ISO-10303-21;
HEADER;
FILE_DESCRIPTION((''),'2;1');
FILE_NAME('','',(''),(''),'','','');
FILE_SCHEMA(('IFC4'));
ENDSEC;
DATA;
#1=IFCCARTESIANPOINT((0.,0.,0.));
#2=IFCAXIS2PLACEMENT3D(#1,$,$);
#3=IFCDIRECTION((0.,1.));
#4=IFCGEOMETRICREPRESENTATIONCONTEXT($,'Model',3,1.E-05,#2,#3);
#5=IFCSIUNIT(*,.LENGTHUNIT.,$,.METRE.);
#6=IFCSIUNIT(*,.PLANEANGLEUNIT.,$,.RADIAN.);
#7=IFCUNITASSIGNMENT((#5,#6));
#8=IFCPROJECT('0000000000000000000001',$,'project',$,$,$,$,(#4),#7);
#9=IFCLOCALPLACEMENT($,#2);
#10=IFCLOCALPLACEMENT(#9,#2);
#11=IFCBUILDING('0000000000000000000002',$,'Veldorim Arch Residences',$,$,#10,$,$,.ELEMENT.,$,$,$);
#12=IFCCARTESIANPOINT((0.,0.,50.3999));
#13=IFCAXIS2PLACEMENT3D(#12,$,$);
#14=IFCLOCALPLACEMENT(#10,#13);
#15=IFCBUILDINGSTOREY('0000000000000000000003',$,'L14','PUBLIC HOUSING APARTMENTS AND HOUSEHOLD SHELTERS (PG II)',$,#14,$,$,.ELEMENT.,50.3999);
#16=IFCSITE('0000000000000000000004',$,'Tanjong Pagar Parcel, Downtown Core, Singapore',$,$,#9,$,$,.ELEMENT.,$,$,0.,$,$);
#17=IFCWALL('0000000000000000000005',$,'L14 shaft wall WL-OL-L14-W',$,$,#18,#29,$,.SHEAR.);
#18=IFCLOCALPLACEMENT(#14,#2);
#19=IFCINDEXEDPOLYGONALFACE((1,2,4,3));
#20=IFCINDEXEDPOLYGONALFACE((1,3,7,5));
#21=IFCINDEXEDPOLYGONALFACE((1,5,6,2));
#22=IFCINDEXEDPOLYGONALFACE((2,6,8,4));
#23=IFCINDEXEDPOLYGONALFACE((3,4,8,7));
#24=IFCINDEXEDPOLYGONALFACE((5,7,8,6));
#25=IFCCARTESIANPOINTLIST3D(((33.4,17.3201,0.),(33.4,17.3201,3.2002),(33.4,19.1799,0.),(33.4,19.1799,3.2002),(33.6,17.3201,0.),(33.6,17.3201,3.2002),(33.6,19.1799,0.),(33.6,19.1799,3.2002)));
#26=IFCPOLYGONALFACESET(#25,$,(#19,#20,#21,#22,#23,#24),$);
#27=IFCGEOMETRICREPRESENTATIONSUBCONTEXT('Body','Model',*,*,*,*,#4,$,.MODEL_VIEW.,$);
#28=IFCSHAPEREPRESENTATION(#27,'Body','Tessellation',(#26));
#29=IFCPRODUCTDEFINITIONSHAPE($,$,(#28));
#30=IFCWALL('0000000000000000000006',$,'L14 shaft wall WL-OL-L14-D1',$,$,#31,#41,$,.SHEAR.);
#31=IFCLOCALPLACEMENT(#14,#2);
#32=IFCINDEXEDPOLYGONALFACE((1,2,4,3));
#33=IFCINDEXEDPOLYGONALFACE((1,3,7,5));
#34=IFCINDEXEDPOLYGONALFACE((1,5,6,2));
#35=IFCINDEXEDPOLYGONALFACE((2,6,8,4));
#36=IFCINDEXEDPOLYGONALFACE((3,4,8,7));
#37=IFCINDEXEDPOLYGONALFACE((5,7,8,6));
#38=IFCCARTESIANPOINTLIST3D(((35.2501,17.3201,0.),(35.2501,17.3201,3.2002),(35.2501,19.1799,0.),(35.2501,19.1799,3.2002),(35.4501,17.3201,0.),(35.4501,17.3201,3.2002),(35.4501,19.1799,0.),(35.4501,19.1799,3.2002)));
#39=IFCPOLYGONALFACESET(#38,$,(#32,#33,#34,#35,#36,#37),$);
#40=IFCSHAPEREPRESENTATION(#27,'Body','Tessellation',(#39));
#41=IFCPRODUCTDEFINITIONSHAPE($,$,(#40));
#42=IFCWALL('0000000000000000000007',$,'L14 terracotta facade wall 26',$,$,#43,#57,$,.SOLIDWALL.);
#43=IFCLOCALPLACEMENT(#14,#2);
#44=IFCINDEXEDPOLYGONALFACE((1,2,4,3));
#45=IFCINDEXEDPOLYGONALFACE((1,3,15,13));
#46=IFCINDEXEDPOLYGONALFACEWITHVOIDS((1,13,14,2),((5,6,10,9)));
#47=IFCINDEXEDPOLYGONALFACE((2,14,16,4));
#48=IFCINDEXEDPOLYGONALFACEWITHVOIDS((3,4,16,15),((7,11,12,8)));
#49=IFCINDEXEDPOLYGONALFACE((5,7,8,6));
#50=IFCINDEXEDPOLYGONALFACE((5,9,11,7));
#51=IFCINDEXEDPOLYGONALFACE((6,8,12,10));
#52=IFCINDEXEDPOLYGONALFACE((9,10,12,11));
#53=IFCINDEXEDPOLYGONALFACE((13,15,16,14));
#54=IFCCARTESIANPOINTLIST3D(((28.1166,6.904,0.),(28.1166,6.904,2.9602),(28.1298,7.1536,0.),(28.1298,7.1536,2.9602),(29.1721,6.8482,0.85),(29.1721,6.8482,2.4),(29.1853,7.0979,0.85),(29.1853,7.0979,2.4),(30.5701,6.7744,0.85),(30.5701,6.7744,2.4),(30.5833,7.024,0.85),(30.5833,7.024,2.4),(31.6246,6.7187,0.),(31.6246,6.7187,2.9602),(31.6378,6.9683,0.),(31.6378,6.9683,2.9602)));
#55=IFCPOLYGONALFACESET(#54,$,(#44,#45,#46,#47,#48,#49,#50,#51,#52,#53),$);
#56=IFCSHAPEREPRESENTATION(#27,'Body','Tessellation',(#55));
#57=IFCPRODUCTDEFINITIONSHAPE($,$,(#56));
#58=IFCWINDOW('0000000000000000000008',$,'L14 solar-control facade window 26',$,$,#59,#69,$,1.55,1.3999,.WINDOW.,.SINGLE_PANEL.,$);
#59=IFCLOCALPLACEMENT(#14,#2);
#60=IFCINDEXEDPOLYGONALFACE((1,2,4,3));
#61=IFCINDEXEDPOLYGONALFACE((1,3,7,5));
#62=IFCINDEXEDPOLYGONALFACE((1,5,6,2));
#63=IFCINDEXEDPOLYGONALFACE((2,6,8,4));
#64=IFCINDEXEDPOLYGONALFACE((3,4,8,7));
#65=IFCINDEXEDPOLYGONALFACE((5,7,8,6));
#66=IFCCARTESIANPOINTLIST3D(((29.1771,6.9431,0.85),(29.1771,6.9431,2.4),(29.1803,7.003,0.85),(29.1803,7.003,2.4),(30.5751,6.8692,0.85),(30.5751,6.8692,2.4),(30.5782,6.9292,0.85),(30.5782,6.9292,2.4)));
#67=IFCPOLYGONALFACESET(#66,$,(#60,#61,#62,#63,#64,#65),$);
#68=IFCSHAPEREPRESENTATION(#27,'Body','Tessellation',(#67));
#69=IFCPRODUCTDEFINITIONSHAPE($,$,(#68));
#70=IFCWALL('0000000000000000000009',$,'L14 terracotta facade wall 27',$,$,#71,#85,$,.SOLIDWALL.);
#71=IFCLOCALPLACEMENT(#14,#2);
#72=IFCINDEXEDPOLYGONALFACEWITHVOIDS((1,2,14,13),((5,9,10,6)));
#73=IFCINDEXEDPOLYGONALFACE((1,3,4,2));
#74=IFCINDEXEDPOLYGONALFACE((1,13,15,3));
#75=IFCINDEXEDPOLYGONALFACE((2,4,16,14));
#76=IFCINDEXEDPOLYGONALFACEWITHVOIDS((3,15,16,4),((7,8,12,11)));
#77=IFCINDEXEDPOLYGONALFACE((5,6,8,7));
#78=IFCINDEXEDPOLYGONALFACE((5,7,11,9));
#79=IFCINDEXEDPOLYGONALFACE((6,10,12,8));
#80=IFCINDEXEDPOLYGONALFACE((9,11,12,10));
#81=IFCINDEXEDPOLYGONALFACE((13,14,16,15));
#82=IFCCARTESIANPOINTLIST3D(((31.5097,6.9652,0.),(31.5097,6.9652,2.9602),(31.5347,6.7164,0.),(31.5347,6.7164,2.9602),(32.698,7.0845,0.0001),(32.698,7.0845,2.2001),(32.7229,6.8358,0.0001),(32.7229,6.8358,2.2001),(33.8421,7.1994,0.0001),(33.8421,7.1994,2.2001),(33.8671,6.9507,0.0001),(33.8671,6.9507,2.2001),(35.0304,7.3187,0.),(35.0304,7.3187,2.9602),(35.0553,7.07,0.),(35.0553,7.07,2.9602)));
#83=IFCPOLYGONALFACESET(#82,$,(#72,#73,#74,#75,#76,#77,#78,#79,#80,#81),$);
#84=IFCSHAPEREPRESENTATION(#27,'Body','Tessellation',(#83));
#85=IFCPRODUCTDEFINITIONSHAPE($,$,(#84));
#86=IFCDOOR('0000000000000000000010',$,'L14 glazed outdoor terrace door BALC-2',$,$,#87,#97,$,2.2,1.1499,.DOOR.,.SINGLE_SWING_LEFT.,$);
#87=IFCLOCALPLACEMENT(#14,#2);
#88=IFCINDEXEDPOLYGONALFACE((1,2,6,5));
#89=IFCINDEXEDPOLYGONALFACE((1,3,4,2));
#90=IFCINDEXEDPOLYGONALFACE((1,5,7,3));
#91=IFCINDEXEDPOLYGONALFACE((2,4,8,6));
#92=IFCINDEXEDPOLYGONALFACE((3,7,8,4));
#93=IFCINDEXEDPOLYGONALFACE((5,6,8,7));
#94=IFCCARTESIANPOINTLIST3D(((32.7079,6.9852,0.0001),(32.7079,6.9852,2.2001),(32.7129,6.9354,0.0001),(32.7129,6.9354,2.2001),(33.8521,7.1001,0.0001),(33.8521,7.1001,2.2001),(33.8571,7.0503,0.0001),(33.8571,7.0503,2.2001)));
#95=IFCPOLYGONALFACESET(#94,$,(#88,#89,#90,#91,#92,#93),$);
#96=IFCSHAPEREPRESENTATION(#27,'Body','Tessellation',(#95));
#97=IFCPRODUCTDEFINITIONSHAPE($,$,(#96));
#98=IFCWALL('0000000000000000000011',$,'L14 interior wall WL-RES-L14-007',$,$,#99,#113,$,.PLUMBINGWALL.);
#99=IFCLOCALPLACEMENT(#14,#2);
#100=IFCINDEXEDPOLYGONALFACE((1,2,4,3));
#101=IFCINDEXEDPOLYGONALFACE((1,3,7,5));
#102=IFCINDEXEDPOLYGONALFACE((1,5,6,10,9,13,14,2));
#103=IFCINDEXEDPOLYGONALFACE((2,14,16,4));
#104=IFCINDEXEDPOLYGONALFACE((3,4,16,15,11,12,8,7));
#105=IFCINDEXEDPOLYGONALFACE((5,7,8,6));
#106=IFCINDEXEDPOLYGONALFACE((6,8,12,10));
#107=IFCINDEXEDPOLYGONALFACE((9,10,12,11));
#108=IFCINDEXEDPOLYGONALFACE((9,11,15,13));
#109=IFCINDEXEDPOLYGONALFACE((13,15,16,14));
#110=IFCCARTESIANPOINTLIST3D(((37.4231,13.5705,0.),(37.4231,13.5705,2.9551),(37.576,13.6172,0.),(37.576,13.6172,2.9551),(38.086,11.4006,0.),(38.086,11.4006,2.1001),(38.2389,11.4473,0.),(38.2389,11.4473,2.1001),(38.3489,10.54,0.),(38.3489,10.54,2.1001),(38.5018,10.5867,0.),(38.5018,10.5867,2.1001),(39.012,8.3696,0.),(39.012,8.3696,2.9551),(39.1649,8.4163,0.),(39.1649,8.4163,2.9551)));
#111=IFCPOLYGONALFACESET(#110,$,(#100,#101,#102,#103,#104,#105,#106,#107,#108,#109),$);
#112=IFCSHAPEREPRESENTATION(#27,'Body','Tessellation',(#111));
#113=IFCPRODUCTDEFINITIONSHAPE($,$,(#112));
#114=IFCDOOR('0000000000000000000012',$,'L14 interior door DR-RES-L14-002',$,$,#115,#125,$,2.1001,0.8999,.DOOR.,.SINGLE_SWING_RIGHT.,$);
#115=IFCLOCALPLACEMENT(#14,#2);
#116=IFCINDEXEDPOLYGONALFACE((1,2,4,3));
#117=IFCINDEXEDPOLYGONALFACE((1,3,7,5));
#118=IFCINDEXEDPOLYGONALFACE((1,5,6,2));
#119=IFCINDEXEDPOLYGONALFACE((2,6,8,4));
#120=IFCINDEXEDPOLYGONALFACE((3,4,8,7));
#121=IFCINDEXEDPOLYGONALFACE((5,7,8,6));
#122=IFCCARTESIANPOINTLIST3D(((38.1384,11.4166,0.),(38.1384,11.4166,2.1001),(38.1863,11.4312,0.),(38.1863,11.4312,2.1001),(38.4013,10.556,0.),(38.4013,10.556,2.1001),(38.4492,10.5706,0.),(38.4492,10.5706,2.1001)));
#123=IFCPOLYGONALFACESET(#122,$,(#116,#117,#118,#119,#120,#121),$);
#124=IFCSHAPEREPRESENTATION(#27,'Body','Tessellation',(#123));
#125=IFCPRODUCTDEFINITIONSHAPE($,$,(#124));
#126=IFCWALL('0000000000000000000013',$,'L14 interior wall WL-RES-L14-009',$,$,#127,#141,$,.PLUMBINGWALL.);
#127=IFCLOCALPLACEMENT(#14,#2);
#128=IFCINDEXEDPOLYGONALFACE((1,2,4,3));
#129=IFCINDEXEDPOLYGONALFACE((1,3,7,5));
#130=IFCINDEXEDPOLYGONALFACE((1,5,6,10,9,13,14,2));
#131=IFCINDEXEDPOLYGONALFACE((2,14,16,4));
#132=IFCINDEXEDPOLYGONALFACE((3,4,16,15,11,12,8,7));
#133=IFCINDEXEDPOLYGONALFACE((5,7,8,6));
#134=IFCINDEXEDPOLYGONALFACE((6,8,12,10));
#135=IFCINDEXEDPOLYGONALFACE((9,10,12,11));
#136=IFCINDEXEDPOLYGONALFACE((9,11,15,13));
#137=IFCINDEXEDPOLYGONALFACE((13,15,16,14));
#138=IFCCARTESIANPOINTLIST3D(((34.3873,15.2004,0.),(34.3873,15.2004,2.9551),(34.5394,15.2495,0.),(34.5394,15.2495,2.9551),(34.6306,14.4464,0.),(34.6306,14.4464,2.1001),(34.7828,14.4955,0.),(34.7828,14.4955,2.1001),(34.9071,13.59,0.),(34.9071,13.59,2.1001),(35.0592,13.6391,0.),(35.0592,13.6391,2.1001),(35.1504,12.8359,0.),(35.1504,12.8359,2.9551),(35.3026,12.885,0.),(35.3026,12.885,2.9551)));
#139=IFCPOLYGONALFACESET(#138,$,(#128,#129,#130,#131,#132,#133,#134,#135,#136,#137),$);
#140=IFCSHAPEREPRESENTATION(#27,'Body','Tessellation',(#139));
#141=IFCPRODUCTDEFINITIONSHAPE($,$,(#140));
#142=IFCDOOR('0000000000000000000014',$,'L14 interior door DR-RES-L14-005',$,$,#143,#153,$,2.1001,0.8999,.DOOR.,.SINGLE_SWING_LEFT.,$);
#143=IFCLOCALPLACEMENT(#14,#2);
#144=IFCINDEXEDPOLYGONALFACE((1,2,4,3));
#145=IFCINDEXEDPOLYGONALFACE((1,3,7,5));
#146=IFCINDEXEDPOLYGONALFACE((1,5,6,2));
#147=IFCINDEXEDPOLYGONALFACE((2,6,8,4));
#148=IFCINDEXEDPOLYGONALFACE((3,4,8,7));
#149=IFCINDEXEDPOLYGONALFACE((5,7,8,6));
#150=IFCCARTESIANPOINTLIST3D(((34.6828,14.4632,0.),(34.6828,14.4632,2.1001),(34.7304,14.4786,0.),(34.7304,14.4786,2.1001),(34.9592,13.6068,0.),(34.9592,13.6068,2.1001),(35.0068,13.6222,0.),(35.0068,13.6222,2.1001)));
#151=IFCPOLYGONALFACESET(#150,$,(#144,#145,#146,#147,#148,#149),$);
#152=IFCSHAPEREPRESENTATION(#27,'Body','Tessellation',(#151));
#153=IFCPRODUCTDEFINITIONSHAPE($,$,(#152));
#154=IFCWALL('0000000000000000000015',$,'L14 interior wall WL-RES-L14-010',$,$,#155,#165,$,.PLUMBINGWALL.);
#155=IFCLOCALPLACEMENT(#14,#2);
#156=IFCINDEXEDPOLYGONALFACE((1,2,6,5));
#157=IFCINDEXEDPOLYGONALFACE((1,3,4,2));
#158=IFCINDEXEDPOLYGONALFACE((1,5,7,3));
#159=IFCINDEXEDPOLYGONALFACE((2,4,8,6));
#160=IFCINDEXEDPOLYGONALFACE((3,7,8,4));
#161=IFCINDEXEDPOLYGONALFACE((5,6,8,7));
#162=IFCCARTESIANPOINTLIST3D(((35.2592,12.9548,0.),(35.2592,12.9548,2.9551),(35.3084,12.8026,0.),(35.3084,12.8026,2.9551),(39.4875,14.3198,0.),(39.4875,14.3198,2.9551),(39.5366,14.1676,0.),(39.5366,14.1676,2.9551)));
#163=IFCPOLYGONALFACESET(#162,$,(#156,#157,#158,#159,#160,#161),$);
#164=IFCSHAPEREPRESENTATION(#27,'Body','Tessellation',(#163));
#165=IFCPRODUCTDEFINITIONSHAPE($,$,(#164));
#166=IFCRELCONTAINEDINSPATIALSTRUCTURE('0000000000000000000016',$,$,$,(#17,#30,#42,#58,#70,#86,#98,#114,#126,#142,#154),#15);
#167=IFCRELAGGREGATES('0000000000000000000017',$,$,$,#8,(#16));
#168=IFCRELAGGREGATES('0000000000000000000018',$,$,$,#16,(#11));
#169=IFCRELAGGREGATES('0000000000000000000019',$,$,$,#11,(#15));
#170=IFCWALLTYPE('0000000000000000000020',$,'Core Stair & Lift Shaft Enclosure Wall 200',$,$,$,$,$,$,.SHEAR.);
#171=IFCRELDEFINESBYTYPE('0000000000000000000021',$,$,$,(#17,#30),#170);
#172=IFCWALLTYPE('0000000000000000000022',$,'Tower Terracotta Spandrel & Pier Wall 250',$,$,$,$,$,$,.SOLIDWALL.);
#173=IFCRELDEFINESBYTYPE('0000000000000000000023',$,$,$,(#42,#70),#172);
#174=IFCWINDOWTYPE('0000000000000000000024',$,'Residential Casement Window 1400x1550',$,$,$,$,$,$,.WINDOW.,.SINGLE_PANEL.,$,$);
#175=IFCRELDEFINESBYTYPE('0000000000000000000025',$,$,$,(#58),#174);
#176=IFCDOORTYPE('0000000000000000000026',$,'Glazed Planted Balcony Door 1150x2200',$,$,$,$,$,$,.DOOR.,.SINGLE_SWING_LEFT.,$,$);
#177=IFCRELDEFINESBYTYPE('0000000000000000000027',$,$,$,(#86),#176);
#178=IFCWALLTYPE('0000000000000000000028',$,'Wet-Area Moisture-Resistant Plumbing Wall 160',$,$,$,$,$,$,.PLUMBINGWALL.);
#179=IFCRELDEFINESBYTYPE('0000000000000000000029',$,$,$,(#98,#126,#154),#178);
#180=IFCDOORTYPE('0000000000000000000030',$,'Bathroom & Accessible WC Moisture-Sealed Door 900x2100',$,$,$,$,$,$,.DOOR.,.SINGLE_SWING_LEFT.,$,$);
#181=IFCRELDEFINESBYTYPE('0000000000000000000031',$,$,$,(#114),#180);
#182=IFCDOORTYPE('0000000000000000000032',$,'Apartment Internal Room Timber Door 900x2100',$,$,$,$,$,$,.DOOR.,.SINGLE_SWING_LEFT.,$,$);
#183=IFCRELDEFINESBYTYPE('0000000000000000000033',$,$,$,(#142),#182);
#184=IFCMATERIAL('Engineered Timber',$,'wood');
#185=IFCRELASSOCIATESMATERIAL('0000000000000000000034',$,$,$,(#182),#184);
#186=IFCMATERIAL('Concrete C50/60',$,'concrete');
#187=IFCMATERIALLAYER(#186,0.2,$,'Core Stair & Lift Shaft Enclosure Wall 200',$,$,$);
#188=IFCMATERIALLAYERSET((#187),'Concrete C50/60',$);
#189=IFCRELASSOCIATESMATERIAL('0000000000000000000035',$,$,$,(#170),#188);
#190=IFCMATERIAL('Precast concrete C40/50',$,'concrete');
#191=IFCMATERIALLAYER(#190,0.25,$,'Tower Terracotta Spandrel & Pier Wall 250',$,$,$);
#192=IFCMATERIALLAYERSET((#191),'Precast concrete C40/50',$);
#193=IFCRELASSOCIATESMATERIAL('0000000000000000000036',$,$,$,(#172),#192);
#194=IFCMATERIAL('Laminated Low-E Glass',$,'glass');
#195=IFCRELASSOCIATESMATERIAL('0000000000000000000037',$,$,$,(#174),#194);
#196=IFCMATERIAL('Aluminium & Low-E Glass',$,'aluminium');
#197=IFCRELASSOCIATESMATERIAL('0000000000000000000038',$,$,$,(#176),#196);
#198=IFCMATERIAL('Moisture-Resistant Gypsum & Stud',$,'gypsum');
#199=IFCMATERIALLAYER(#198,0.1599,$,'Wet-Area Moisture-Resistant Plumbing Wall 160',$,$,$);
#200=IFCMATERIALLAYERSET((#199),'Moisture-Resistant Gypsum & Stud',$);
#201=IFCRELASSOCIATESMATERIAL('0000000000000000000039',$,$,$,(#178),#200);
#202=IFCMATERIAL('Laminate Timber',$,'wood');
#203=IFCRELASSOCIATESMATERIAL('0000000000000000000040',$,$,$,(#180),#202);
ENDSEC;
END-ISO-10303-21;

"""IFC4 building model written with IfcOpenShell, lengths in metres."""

from ifc_helpers import new_model, si_unit, direction, frame, frame_2d, origin, place, context, subcontext, project, spatial, rectangle, extrude, material, layer, layer_set, type_object, element, fill, save


model = new_model("IFC4")

# Units and contexts
model_context = context("Model", 3, precision=1e-05, world=origin(), true_north=direction((0.0, 1.0)))
body_context = subcontext(model_context, "Body", "Model", "MODEL_VIEW")
ifc_project = project(units=[si_unit("LENGTHUNIT", "METRE"), si_unit("PLANEANGLEUNIT", "RADIAN")], contexts=[model_context])

# Site, building, storey
site_placement = place(None, origin())
site = spatial("IfcSite", under=ifc_project, at=site_placement, Name="Tanjong Pagar Parcel, Downtown Core, Singapore", CompositionType="ELEMENT", RefElevation=0.0)
building_placement = place(site_placement, origin())
building = spatial("IfcBuilding", under=site, at=building_placement, Name="Veldorim Arch Residences", CompositionType="ELEMENT")
storey_placement = place(building_placement, frame((0.0, 0.0, 50.3999)))
storey = spatial("IfcBuildingStorey", under=building, at=storey_placement, Name="L14", Description="PUBLIC HOUSING APARTMENTS AND HOUSEHOLD SHELTERS (PG II)", CompositionType="ELEMENT", Elevation=50.3999)

# Shared definitions
ifc_material_1 = material(Name="Engineered Timber", Category="wood")
door_type_1 = type_object("IfcDoorType", Name="Apartment Internal Room Timber Door 900x2100", OperationType="SINGLE_SWING_LEFT", PredefinedType="DOOR", material=ifc_material_1)

# Walls
ifc_material_2 = material(Name="Concrete C50/60", Category="concrete")
ifc_layer_1 = layer(ifc_material_2, 0.2, Name="Core Stair & Lift Shaft Enclosure Wall 200")
ifc_layer_set_1 = layer_set([ifc_layer_1], Name="Concrete C50/60")
wall_type_1 = type_object("IfcWallType", Name="Core Stair & Lift Shaft Enclosure Wall 200", PredefinedType="SHEAR", material=ifc_layer_set_1)
for number, where, z_axis, x_axis, name in (
    (1, (33.5, 17.3201, 0.0), (0.0, 0.0, 1.0), (0.0, 1.0, 0.0), "L14 shaft wall WL-OL-L14-W"),
    (2, (35.3501, 17.3201, 0.0), (0.0, 0.0, 1.0), (0.0, 1.0, 0.0), "L14 shaft wall WL-OL-L14-D1"),
):
    element("IfcWall", number, at=place(storey_placement, frame(where, z_axis=z_axis, x_axis=x_axis)), inside=storey, type_object=wall_type_1, Name=name, PredefinedType="SHEAR", context=body_context, shape_type="SweptSolid", body=[
        extrude(rectangle(XDim=1.8599, YDim=0.2, at=frame_2d((0.9299, 0.0))), origin(), (0.0, 0.0, 1.0), 3.2002),
    ])

# Wall, opening, window
ifc_material_3 = material(Name="Precast concrete C40/50", Category="concrete")
ifc_layer_2 = layer(ifc_material_3, 0.25, Name="Tower Terracotta Spandrel & Pier Wall 250")
ifc_layer_set_2 = layer_set([ifc_layer_2], Name="Precast concrete C40/50")
wall_type_2 = type_object("IfcWallType", Name="Tower Terracotta Spandrel & Pier Wall 250", PredefinedType="SOLIDWALL", material=ifc_layer_set_2)
wall_1_placement = place(storey_placement, frame((31.6311, 6.8435, 0.0), z_axis=(0.0, 0.0, 1.0), x_axis=(-0.998608, 0.052749, 0.0)))
wall_1 = element("IfcWall", 3, at=wall_1_placement, inside=storey, type_object=wall_type_2, Name="L14 terracotta facade wall 26", PredefinedType="SOLIDWALL", context=body_context, shape_type="SweptSolid", body=[
    extrude(rectangle(XDim=3.5129, YDim=0.25, at=frame_2d((1.7563, 0.0))), origin(), (0.0, 0.0, 1.0), 2.9602),
])
opening_1_placement = place(wall_1_placement, frame((1.0559, 0.0, 0.8501)))
opening_1 = element("IfcOpeningElement", 4, at=opening_1_placement, cuts=wall_1, PredefinedType="OPENING", context=body_context, shape_type="SweptSolid", body=[
    extrude(rectangle(XDim=1.3999, YDim=1.55, at=frame_2d((0.7, 0.7749))), frame((0.0, 0.135, 0.0), z_axis=(0.0, -1.0, 0.0), x_axis=(1.0, 0.0, 0.0)), (0.0, 0.0, 1.0), 0.27),
])
ifc_material_4 = material(Name="Laminated Low-E Glass", Category="glass")
window_type = type_object("IfcWindowType", Name="Residential Casement Window 1400x1550", PartitioningType="SINGLE_PANEL", PredefinedType="WINDOW", material=ifc_material_4)
window_placement = place(opening_1_placement, origin())
window = element("IfcWindow", 5, at=window_placement, inside=storey, type_object=window_type, Name="L14 solar-control facade window 26", OverallHeight=1.55, OverallWidth=1.3999, PartitioningType="SINGLE_PANEL", PredefinedType="WINDOW", context=body_context, shape_type="SweptSolid", body=[
    extrude(rectangle(XDim=1.3999, YDim=1.55, at=frame_2d((0.7, 0.7749))), frame((0.0, 0.03, 0.0), z_axis=(0.0, -1.0, 0.0), x_axis=(1.0, 0.0, 0.0)), (0.0, 0.0, 1.0), 0.0601),
])
fill(opening_1, window)

# Walls, openings, doors
wall_2_placement = place(storey_placement, frame((35.0427, 7.1943, 0.0), z_axis=(0.0, 0.0, 1.0), x_axis=(-0.994996, -0.099914, 0.0)))
wall_2 = element("IfcWall", 6, at=wall_2_placement, inside=storey, type_object=wall_type_2, Name="L14 terracotta facade wall 27", PredefinedType="SOLIDWALL", context=body_context, shape_type="SweptSolid", body=[
    extrude(rectangle(XDim=3.5383, YDim=0.25, at=frame_2d((1.769, 0.0))), origin(), (0.0, 0.0, 1.0), 2.9602),
])
opening_2_placement = place(wall_2_placement, frame((1.1941, 0.0, 0.0)))
opening_2 = element("IfcOpeningElement", 7, at=opening_2_placement, cuts=wall_2, PredefinedType="OPENING", context=body_context, shape_type="SweptSolid", body=[
    extrude(rectangle(XDim=1.1499, YDim=2.2, at=frame_2d((0.575, 1.1001))), frame((0.0, 0.135, 0.0), z_axis=(0.0, -1.0, 0.0), x_axis=(1.0, 0.0, 0.0)), (0.0, 0.0, 1.0), 0.27),
])
ifc_material_5 = material(Name="Aluminium & Low-E Glass", Category="aluminium")
door_type_2 = type_object("IfcDoorType", Name="Glazed Planted Balcony Door 1150x2200", OperationType="SINGLE_SWING_LEFT", PredefinedType="DOOR", material=ifc_material_5)
door_1_placement = place(opening_2_placement, origin())
door_1 = element("IfcDoor", 8, at=door_1_placement, inside=storey, type_object=door_type_2, Name="L14 glazed outdoor terrace door BALC-2", OperationType="SINGLE_SWING_LEFT", OverallHeight=2.2, OverallWidth=1.1499, PredefinedType="DOOR", context=body_context, shape_type="SweptSolid", body=[
    extrude(rectangle(XDim=1.1499, YDim=2.2, at=frame_2d((0.575, 1.1001))), frame((0.0, 0.0249, 0.0), z_axis=(0.0, -1.0, 0.0), x_axis=(1.0, 0.0, 0.0)), (0.0, 0.0, 1.0), 0.05),
])
fill(opening_2, door_1)
ifc_material_6 = material(Name="Moisture-Resistant Gypsum & Stud", Category="gypsum")
ifc_layer_3 = layer(ifc_material_6, 0.1599, Name="Wet-Area Moisture-Resistant Plumbing Wall 160")
ifc_layer_set_3 = layer_set([ifc_layer_3], Name="Moisture-Resistant Gypsum & Stud")
wall_type_3 = type_object("IfcWallType", Name="Wet-Area Moisture-Resistant Plumbing Wall 160", PredefinedType="PLUMBINGWALL", material=ifc_layer_set_3)
wall_3_placement = place(storey_placement, frame((37.4995, 13.594, 0.0), z_axis=(0.0, 0.0, 1.0), x_axis=(0.292167, -0.956367, 0.0)))
wall_3 = element("IfcWall", 9, at=wall_3_placement, inside=storey, type_object=wall_type_3, Name="L14 interior wall WL-RES-L14-007", PredefinedType="PLUMBINGWALL", context=body_context, shape_type="SweptSolid", body=[
    extrude(rectangle(XDim=5.4382, YDim=0.1599, at=frame_2d((2.7192, 0.0))), origin(), (0.0, 0.0, 1.0), 2.9551),
])
opening_3_placement = place(wall_3_placement, frame((2.269, 0.0, 0.0)))
opening_3 = element("IfcOpeningElement", 10, at=opening_3_placement, cuts=wall_3, PredefinedType="OPENING", context=body_context, shape_type="SweptSolid", body=[
    extrude(rectangle(XDim=0.8999, YDim=2.1001, at=frame_2d((0.45, 1.05))), frame((0.0, 0.0898, 0.0), z_axis=(0.0, -1.0, 0.0), x_axis=(1.0, 0.0, 0.0)), (0.0, 0.0, 1.0), 0.1799),
])
ifc_material_7 = material(Name="Laminate Timber", Category="wood")
door_type_3 = type_object("IfcDoorType", Name="Bathroom & Accessible WC Moisture-Sealed Door 900x2100", OperationType="SINGLE_SWING_LEFT", PredefinedType="DOOR", material=ifc_material_7)
door_2_placement = place(opening_3_placement, origin())
door_2 = element("IfcDoor", 11, at=door_2_placement, inside=storey, type_object=door_type_3, Name="L14 interior door DR-RES-L14-002", OperationType="SINGLE_SWING_RIGHT", OverallHeight=2.1001, OverallWidth=0.8999, PredefinedType="DOOR", context=body_context, shape_type="SweptSolid", body=[
    extrude(rectangle(XDim=0.8999, YDim=2.1001, at=frame_2d((0.45, 1.05))), frame((0.0, 0.0249, 0.0), z_axis=(0.0, -1.0, 0.0), x_axis=(1.0, 0.0, 0.0)), (0.0, 0.0, 1.0), 0.05),
])
fill(opening_3, door_2)
wall_4_placement = place(storey_placement, frame((34.4634, 15.2249, 0.0), z_axis=(0.0, 0.0, 1.0), x_axis=(0.307164, -0.951657, 0.0)))
wall_4 = element("IfcWall", 12, at=wall_4_placement, inside=storey, type_object=wall_type_3, Name="L14 interior wall WL-RES-L14-009", PredefinedType="PLUMBINGWALL", context=body_context, shape_type="SweptSolid", body=[
    extrude(rectangle(XDim=2.4846, YDim=0.1599, at=frame_2d((1.2422, 0.0))), origin(), (0.0, 0.0, 1.0), 2.9551),
])
opening_4_placement = place(wall_4_placement, frame((0.7922, 0.0, 0.0)))
opening_4 = element("IfcOpeningElement", 13, at=opening_4_placement, cuts=wall_4, PredefinedType="OPENING", context=body_context, shape_type="SweptSolid", body=[
    extrude(rectangle(XDim=0.8999, YDim=2.1001, at=frame_2d((0.45, 1.05))), frame((0.0, 0.0898, 0.0), z_axis=(0.0, -1.0, 0.0), x_axis=(1.0, 0.0, 0.0)), (0.0, 0.0, 1.0), 0.1799),
])
door_3_placement = place(opening_4_placement, origin())
door_3 = element("IfcDoor", 14, at=door_3_placement, inside=storey, type_object=door_type_1, Name="L14 interior door DR-RES-L14-005", OperationType="SINGLE_SWING_LEFT", OverallHeight=2.1001, OverallWidth=0.8999, PredefinedType="DOOR", context=body_context, shape_type="SweptSolid", body=[
    extrude(rectangle(XDim=0.8999, YDim=2.1001, at=frame_2d((0.45, 1.05))), frame((0.0, 0.0249, 0.0), z_axis=(0.0, -1.0, 0.0), x_axis=(1.0, 0.0, 0.0)), (0.0, 0.0, 1.0), 0.05),
])
fill(opening_4, door_3)

# Wall
wall_5_placement = place(storey_placement, frame((35.2837, 12.8787, 0.0), z_axis=(0.0, 0.0, 1.0), x_axis=(0.951641, 0.307213, 0.0)))
element("IfcWall", 15, at=wall_5_placement, inside=storey, type_object=wall_type_3, Name="L14 interior wall WL-RES-L14-010", PredefinedType="PLUMBINGWALL", context=body_context, shape_type="SweptSolid", body=[
    extrude(rectangle(XDim=4.4431, YDim=0.1599, at=frame_2d((2.2217, 0.0))), origin(), (0.0, 0.0, 1.0), 2.9551),
])

save(model, "model.ifc")
